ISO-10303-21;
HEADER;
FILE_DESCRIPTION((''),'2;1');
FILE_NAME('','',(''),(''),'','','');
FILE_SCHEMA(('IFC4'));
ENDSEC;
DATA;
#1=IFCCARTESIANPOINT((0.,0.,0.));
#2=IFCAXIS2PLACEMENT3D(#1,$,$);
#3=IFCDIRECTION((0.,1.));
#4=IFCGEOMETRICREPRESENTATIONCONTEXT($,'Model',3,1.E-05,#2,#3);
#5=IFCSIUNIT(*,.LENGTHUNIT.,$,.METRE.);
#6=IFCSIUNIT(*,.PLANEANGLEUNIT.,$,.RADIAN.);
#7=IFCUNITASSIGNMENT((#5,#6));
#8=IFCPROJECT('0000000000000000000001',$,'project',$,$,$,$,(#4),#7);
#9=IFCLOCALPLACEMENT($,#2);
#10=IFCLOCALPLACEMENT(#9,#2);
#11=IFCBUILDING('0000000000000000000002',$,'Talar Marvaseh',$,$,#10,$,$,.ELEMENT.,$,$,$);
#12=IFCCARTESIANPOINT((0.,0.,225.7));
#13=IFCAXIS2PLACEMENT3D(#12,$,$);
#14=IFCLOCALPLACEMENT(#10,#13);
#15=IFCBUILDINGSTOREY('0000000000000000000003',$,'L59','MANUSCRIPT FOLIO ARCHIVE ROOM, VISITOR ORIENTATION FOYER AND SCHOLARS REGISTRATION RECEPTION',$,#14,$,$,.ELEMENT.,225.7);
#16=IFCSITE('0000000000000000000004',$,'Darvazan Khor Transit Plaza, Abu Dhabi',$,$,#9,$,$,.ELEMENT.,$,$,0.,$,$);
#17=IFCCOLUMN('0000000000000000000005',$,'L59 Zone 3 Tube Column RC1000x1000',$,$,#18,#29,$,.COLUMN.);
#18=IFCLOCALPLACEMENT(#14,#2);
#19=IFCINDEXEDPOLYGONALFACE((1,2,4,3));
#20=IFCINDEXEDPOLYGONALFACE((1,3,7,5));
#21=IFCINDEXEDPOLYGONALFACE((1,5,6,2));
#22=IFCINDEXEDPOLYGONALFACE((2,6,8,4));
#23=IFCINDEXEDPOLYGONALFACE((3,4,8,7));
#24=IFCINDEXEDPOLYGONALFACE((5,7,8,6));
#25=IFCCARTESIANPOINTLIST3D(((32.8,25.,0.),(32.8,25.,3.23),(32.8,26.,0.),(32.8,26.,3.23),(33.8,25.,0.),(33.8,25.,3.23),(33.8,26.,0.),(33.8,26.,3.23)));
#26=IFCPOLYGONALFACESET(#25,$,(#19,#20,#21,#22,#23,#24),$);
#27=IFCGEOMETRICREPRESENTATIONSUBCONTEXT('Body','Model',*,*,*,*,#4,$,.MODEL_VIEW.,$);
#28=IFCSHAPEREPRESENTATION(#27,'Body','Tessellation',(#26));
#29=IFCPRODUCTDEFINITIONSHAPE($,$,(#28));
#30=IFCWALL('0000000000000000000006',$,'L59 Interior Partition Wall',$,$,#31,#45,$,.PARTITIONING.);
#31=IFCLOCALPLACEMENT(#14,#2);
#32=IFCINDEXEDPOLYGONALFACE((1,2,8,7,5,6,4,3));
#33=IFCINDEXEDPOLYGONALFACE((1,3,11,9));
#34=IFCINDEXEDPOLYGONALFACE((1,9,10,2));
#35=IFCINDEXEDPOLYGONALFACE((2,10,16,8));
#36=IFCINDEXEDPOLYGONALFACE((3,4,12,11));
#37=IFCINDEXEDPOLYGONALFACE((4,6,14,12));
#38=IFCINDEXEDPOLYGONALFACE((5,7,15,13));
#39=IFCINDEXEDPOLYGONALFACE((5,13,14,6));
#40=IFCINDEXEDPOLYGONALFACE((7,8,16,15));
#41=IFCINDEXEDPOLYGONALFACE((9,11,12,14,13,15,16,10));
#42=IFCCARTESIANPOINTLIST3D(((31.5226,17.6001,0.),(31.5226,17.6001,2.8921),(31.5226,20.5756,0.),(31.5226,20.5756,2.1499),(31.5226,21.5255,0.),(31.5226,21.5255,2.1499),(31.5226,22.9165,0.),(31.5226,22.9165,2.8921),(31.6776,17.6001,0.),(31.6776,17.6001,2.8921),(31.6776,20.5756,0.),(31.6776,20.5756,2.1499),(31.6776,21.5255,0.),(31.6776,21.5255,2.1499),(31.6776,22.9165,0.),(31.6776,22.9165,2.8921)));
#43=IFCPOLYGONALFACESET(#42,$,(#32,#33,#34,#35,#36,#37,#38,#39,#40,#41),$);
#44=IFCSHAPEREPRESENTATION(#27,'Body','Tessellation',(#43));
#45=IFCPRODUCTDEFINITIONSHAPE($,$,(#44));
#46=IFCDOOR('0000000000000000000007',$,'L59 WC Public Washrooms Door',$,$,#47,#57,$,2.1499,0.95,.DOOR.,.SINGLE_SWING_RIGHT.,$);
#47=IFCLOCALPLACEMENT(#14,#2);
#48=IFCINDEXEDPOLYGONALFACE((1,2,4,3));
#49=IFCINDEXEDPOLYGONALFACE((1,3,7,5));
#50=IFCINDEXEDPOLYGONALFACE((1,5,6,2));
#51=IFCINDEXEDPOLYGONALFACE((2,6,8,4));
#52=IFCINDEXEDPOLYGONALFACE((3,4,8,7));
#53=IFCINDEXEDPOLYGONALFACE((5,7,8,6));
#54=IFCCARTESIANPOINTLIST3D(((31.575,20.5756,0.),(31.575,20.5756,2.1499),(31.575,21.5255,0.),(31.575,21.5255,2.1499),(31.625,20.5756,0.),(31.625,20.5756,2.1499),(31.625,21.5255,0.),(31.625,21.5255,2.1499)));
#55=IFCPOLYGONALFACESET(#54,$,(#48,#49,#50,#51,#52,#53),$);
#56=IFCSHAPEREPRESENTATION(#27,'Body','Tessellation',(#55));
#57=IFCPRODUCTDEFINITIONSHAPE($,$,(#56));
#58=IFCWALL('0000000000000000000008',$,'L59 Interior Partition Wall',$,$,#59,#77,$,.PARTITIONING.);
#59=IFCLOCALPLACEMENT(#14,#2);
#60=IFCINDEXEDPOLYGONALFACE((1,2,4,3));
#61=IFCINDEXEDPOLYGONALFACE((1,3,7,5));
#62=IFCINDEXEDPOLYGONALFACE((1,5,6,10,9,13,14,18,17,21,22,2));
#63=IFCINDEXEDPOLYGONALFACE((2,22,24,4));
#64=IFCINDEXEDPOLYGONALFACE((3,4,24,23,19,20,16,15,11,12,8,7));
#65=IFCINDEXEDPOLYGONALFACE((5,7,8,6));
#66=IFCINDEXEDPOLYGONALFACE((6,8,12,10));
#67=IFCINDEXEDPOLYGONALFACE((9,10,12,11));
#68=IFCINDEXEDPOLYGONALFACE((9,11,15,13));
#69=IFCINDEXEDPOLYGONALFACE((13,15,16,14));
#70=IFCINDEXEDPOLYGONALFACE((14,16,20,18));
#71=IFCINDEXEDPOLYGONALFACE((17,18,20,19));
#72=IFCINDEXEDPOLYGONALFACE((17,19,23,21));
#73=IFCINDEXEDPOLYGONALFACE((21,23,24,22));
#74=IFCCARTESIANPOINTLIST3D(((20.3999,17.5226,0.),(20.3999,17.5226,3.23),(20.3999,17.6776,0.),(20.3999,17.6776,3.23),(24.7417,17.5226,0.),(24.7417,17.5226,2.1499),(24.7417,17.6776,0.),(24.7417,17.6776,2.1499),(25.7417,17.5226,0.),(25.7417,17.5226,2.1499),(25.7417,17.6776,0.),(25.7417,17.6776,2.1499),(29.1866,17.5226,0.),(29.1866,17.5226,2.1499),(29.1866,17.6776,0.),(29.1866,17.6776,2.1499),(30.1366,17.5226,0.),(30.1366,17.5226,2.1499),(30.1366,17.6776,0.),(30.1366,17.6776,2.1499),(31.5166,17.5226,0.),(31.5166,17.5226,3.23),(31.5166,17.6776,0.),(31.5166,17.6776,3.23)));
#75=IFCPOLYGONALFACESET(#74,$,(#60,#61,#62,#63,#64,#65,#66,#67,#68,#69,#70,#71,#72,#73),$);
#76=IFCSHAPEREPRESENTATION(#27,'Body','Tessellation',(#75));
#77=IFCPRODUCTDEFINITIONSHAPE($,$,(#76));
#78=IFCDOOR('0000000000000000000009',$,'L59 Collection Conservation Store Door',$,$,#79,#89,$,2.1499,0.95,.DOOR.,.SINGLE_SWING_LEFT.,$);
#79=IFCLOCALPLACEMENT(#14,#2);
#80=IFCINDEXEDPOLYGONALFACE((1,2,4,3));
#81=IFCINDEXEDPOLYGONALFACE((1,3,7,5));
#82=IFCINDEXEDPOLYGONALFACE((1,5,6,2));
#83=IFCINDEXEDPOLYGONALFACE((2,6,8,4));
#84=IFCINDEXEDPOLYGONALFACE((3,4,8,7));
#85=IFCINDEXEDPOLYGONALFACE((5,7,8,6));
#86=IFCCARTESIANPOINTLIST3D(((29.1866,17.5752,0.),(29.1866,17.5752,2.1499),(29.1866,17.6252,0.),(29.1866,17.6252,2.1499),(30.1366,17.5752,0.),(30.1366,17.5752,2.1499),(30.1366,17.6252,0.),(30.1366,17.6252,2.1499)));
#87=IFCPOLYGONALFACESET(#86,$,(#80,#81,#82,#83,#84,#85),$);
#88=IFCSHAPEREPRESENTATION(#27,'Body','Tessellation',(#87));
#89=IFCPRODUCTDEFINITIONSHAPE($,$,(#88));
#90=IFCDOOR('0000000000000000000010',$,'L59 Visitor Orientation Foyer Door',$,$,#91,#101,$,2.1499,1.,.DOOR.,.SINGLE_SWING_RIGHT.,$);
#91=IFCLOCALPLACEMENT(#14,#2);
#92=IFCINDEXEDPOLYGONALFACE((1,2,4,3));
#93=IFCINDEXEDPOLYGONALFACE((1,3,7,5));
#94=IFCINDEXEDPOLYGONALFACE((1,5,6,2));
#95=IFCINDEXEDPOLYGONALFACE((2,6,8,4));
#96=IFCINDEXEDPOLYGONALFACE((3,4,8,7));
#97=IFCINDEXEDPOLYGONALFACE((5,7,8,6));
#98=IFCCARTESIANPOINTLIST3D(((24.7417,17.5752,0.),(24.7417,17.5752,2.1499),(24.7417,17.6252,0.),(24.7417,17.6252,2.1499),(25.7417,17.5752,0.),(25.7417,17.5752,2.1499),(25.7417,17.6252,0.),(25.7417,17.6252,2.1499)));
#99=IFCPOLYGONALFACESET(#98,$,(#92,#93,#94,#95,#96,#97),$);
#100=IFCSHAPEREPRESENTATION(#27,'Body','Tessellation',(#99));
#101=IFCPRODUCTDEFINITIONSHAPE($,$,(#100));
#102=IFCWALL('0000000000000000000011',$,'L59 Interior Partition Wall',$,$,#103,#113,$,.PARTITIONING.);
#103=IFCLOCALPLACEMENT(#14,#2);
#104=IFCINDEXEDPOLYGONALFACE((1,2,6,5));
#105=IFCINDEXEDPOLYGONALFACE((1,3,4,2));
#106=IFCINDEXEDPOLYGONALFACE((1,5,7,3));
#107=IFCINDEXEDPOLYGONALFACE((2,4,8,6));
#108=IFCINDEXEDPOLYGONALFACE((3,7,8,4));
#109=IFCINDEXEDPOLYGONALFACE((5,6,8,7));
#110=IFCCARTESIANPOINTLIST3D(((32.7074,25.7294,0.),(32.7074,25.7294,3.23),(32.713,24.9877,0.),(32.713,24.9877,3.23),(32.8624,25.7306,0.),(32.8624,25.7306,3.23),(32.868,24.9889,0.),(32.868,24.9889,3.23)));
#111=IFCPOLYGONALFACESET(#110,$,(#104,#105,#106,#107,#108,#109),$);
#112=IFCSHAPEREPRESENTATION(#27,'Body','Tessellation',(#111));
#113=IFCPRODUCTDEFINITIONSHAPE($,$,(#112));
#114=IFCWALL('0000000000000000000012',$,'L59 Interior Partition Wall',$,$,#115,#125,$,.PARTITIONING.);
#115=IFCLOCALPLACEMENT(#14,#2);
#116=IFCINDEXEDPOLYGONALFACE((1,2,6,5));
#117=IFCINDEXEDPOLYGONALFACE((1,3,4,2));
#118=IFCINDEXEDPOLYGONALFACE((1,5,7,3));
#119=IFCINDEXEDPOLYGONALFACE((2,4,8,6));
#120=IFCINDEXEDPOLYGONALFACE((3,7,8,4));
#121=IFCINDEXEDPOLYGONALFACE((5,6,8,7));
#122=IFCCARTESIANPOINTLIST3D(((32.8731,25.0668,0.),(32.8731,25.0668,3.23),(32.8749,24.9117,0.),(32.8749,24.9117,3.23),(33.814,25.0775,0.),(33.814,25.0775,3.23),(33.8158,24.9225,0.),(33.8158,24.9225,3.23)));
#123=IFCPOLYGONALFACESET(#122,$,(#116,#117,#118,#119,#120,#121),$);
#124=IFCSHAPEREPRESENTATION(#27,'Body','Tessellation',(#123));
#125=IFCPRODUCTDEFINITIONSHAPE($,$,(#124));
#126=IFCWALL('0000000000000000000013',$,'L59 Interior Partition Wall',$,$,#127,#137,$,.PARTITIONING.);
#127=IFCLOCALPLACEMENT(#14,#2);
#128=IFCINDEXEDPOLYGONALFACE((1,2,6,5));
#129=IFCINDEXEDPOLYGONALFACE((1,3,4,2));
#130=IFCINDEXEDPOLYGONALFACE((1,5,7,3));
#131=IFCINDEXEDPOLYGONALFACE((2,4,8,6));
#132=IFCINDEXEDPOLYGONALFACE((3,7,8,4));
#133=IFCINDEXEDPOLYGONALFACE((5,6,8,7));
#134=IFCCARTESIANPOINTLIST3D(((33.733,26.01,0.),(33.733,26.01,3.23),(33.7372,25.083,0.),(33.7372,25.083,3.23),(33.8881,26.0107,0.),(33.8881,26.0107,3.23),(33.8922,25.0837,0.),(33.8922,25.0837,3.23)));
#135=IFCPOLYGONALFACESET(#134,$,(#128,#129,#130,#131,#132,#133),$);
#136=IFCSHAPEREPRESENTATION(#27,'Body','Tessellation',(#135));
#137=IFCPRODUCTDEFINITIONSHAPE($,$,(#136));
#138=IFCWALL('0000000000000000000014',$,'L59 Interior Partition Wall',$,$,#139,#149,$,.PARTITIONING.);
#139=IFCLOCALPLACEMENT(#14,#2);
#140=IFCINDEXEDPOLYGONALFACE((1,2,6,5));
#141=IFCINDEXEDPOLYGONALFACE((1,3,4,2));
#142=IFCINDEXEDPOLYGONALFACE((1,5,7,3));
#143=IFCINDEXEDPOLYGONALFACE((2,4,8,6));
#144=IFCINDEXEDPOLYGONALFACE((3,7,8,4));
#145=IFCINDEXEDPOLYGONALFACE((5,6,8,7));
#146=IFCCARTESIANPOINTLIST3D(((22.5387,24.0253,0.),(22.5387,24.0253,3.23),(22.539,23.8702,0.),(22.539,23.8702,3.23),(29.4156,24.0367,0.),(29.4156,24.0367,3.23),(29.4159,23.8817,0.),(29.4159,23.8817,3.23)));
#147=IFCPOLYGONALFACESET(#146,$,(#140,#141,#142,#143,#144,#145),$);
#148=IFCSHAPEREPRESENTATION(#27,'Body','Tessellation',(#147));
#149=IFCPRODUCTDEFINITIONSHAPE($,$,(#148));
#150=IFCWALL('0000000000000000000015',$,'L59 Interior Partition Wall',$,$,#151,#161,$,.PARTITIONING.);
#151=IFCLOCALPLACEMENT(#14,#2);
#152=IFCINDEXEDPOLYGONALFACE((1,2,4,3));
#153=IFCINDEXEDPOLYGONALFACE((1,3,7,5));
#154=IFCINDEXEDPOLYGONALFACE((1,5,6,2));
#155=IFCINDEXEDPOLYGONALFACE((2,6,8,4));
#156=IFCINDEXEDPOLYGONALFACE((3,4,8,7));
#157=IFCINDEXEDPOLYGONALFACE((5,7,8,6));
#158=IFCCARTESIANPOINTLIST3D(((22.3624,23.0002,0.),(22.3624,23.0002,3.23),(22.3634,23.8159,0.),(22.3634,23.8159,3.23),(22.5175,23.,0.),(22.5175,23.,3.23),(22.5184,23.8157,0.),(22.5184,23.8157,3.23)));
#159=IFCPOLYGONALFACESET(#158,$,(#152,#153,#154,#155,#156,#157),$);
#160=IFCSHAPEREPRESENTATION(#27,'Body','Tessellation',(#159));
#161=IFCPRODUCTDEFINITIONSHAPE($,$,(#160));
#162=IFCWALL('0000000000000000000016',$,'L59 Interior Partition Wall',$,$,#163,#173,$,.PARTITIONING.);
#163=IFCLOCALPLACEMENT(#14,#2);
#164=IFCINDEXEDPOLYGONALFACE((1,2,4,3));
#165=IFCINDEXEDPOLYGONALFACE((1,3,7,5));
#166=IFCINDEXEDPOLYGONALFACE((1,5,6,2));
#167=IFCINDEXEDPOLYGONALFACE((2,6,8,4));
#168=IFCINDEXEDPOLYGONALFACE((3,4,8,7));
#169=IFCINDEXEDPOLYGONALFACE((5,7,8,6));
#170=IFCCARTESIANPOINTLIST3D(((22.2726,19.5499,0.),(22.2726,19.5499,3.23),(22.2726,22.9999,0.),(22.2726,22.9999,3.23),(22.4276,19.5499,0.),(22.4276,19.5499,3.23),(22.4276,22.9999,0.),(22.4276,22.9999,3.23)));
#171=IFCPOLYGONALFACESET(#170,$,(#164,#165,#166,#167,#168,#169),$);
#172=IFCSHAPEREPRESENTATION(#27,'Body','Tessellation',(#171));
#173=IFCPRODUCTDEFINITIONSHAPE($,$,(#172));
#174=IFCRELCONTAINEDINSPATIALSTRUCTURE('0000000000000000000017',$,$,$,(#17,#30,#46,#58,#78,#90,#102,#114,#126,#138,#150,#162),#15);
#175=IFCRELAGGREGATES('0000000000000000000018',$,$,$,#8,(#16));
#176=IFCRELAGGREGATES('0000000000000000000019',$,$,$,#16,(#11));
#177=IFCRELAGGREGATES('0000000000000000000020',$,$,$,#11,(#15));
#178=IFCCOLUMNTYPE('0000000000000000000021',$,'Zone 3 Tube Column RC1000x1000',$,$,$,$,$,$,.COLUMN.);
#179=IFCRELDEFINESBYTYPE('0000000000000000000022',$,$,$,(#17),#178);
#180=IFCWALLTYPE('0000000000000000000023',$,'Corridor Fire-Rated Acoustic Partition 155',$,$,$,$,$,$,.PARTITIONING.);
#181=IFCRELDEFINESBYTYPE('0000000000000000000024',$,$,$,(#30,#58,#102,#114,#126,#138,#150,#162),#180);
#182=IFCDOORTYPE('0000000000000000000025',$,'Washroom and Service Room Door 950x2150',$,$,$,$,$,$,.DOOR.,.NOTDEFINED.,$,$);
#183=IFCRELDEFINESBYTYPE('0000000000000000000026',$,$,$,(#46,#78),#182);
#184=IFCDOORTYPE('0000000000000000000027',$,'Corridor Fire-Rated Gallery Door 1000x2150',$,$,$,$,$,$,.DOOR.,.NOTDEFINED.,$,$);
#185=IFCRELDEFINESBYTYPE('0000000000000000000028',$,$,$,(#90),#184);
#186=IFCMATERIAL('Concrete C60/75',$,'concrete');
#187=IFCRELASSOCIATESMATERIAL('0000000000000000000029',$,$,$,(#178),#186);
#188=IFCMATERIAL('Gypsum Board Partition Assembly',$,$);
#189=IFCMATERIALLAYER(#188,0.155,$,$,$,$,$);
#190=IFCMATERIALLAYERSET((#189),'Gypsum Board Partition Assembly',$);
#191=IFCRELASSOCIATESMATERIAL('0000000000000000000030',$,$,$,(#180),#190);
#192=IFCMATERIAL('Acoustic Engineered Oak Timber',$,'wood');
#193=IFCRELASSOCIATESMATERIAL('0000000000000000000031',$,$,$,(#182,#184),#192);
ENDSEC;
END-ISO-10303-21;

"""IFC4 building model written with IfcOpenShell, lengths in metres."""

from ifc_helpers import new_model, si_unit, direction, frame, frame_2d, origin, origin_2d, place, context, subcontext, project, spatial, rectangle, extrude, source, transform, mapped, material, layer, layer_set, material_profile, profile_set, type_object, type_shapes, element, fill, save


model = new_model("IFC4")

# Units and contexts
model_context = context("Model", 3, precision=1e-05, world=origin(), true_north=direction((0.0, 1.0)))
body_context = subcontext(model_context, "Body", "Model", "MODEL_VIEW")
ifc_project = project(units=[si_unit("LENGTHUNIT", "METRE"), si_unit("PLANEANGLEUNIT", "RADIAN")], contexts=[model_context])

# Site, building, storey
site_placement = place(None, origin())
site = spatial("IfcSite", under=ifc_project, at=site_placement, Name="Darvazan Khor Transit Plaza, Abu Dhabi", CompositionType="ELEMENT", RefElevation=0.0)
building_placement = place(site_placement, origin())
building = spatial("IfcBuilding", under=site, at=building_placement, Name="Talar Marvaseh", CompositionType="ELEMENT")
storey_placement = place(building_placement, frame((0.0, 0.0, 225.7)))
storey = spatial("IfcBuildingStorey", under=building, at=storey_placement, Name="L59", Description="MANUSCRIPT FOLIO ARCHIVE ROOM, VISITOR ORIENTATION FOYER AND SCHOLARS REGISTRATION RECEPTION", CompositionType="ELEMENT", Elevation=225.7)

# Column
ifc_material_1 = material(Name="Concrete C60/75", Category="concrete")
ifc_material_profile = material_profile(ifc_material_1, rectangle(XDim=1.0, YDim=1.0, at=origin_2d()), Name="RC1000x1000")
ifc_profile_set = profile_set([ifc_material_profile], Name="Concrete C60/75")
column_type = type_object("IfcColumnType", Name="Zone 3 Tube Column RC1000x1000", PredefinedType="COLUMN", material=ifc_profile_set)
column_placement = place(storey_placement, frame((33.3, 25.5, 0.0), z_axis=(0.0, 0.0, 1.0), x_axis=(1.0, 0.0, 0.0)))
element("IfcColumn", 1, at=column_placement, inside=storey, type_object=column_type, Name="L59 Zone 3 Tube Column RC1000x1000", PredefinedType="COLUMN", context=body_context, shape_type="SweptSolid", body=[
    extrude(rectangle(XDim=1.0, YDim=1.0, at=origin_2d()), origin(), (0.0, 0.0, 1.0), 3.23),
])

# Wall, opening, door
ifc_material_2 = material(Name="Gypsum Board Partition Assembly")
ifc_layer_1 = layer(ifc_material_2, 0.155)
ifc_layer_set_1 = layer_set([ifc_layer_1], Name="Gypsum Board Partition Assembly")
wall_type_1 = type_object("IfcWallType", Name="Corridor Fire-Rated Acoustic Partition 155", PredefinedType="PARTITIONING", material=ifc_layer_set_1)
wall_1_placement = place(storey_placement, frame((31.6001, 22.9165, 0.0), z_axis=(0.0, 0.0, 1.0), x_axis=(0.0, -1.0, 0.0)))
wall_1 = element("IfcWall", 2, at=wall_1_placement, inside=storey, type_object=wall_type_1, Name="L59 Interior Partition Wall", PredefinedType="PARTITIONING", context=body_context, shape_type="SweptSolid", body=[
    extrude(rectangle(XDim=5.3164, YDim=0.155, at=frame_2d((2.6582, 0.0))), origin(), (0.0, 0.0, 1.0), 2.8921),
])
opening_1_placement = place(wall_1_placement, frame((1.3909, 0.0, 0.0)))
opening_1 = element("IfcOpeningElement", 3, at=opening_1_placement, cuts=wall_1, PredefinedType="OPENING", context=body_context, shape_type="SweptSolid", body=[
    extrude(rectangle(XDim=0.95, YDim=2.1499, at=frame_2d((0.4751, 1.075))), frame((0.0, 0.0874, 0.0), z_axis=(0.0, -1.0, 0.0), x_axis=(1.0, 0.0, 0.0)), (0.0, 0.0, 1.0), 0.175),
])
ifc_material_3 = material(Name="Acoustic Engineered Oak Timber", Category="wood")
door_type_1 = type_object("IfcDoorType", Name="Washroom and Service Room Door 950x2150", OperationType="NOTDEFINED", PredefinedType="DOOR", material=ifc_material_3)
shared_shape_1 = source(origin(), body_context, "Body", "SweptSolid", [
    extrude(rectangle(XDim=0.95, YDim=2.1499, at=frame_2d((0.4751, 1.075))), frame((0.0, 0.0249, 0.0), z_axis=(0.0, -1.0, 0.0), x_axis=(1.0, 0.0, 0.0)), (0.0, 0.0, 1.0), 0.05),
])
type_shapes(door_type_1, [shared_shape_1])
door_1_placement = place(opening_1_placement, origin())
door_1 = element("IfcDoor", 4, at=door_1_placement, inside=storey, type_object=door_type_1, Name="L59 WC Public Washrooms Door", OperationType="SINGLE_SWING_RIGHT", OverallHeight=2.1499, OverallWidth=0.95, PredefinedType="DOOR", context=body_context, shape_type="MappedRepresentation", body=[
    mapped(shared_shape_1, transform((0.0, 0.0, 0.0), x_axis=(1.0, 0.0, 0.0), y_axis=(0.0, 1.0, 0.0), z_axis=(0.0, 0.0, 1.0), scale=1.0)),
])
fill(opening_1, door_1)

# Wall, openings, doors
wall_2_placement = place(storey_placement, frame((31.5166, 17.6001, 0.0), z_axis=(0.0, 0.0, 1.0), x_axis=(-1.0, 0.0, 0.0)))
wall_2 = element("IfcWall", 5, at=wall_2_placement, inside=storey, type_object=wall_type_1, Name="L59 Interior Partition Wall", PredefinedType="PARTITIONING", context=body_context, shape_type="SweptSolid", body=[
    extrude(rectangle(XDim=11.1167, YDim=0.155, at=frame_2d((5.5583, 0.0))), origin(), (0.0, 0.0, 1.0), 3.23),
])
opening_2_placement = place(wall_2_placement, frame((5.7749, 0.0, 0.0)))
opening_2 = element("IfcOpeningElement", 6, at=opening_2_placement, cuts=wall_2, PredefinedType="OPENING", context=body_context, shape_type="SweptSolid", body=[
    extrude(rectangle(XDim=1.0, YDim=2.1499, at=frame_2d((0.5, 1.075))), frame((0.0, 0.0874, 0.0), z_axis=(0.0, -1.0, 0.0), x_axis=(1.0, 0.0, 0.0)), (0.0, 0.0, 1.0), 0.175),
])
opening_3_placement = place(wall_2_placement, frame((1.3799, 0.0, 0.0)))
opening_3 = element("IfcOpeningElement", 7, at=opening_3_placement, cuts=wall_2, PredefinedType="OPENING", context=body_context, shape_type="SweptSolid", body=[
    extrude(rectangle(XDim=0.95, YDim=2.1499, at=frame_2d((0.4751, 1.075))), frame((0.0, 0.0874, 0.0), z_axis=(0.0, -1.0, 0.0), x_axis=(1.0, 0.0, 0.0)), (0.0, 0.0, 1.0), 0.175),
])
door_2_placement = place(opening_3_placement, origin())
door_2 = element("IfcDoor", 8, at=door_2_placement, inside=storey, type_object=door_type_1, Name="L59 Collection Conservation Store Door", OperationType="SINGLE_SWING_LEFT", OverallHeight=2.1499, OverallWidth=0.95, PredefinedType="DOOR", context=body_context, shape_type="MappedRepresentation", body=[
    mapped(shared_shape_1, transform((0.0, 0.0, 0.0), x_axis=(1.0, 0.0, 0.0), y_axis=(0.0, 1.0, 0.0), z_axis=(0.0, 0.0, 1.0), scale=1.0)),
])
fill(opening_3, door_2)
door_type_2 = type_object("IfcDoorType", Name="Corridor Fire-Rated Gallery Door 1000x2150", OperationType="NOTDEFINED", PredefinedType="DOOR", material=ifc_material_3)
shared_shape_2 = source(origin(), body_context, "Body", "SweptSolid", [
    extrude(rectangle(XDim=1.0, YDim=2.1499, at=frame_2d((0.5, 1.075))), frame((0.0, 0.0249, 0.0), z_axis=(0.0, -1.0, 0.0), x_axis=(1.0, 0.0, 0.0)), (0.0, 0.0, 1.0), 0.05),
])
type_shapes(door_type_2, [shared_shape_2])
door_3_placement = place(opening_2_placement, origin())
door_3 = element("IfcDoor", 9, at=door_3_placement, inside=storey, type_object=door_type_2, Name="L59 Visitor Orientation Foyer Door", OperationType="SINGLE_SWING_RIGHT", OverallHeight=2.1499, OverallWidth=1.0, PredefinedType="DOOR", context=body_context, shape_type="MappedRepresentation", body=[
    mapped(shared_shape_2, transform((0.0, 0.0, 0.0), x_axis=(1.0, 0.0, 0.0), y_axis=(0.0, 1.0, 0.0), z_axis=(0.0, 0.0, 1.0), scale=1.0)),
])
fill(opening_2, door_3)

# Walls
wall_3_placement = place(storey_placement, frame((32.7849, 25.73, 0.0), z_axis=(0.0, 0.0, 1.0), x_axis=(0.007571, -0.999971, 0.0)))
element("IfcWall", 10, at=wall_3_placement, inside=storey, type_object=wall_type_1, Name="L59 Interior Partition Wall", PredefinedType="PARTITIONING", context=body_context, shape_type="SweptSolid", body=[
    extrude(rectangle(XDim=0.7417, YDim=0.155, at=frame_2d((0.3708, 0.0))), origin(), (0.0, 0.0, 1.0), 3.23),
])
wall_4_placement = place(storey_placement, frame((32.874, 24.9893, 0.0), z_axis=(0.0, 0.0, 1.0), x_axis=(0.999935, 0.011416, 0.0)))
element("IfcWall", 11, at=wall_4_placement, inside=storey, type_object=wall_type_1, Name="L59 Interior Partition Wall", PredefinedType="PARTITIONING", context=body_context, shape_type="SweptSolid", body=[
    extrude(rectangle(XDim=0.9409, YDim=0.155, at=frame_2d((0.4705, 0.0))), origin(), (0.0, 0.0, 1.0), 3.23),
])
wall_5_placement = place(storey_placement, frame((33.8147, 25.0835, 0.0), z_axis=(0.0, 0.0, 1.0), x_axis=(-0.004477, 0.99999, 0.0)))
element("IfcWall", 12, at=wall_5_placement, inside=storey, type_object=wall_type_1, Name="L59 Interior Partition Wall", PredefinedType="PARTITIONING", context=body_context, shape_type="SweptSolid", body=[
    extrude(rectangle(XDim=0.927, YDim=0.155, at=frame_2d((0.4634, 0.0))), origin(), (0.0, 0.0, 1.0), 3.23),
])
wall_6_placement = place(storey_placement, frame((29.4158, 23.9592, 0.0), z_axis=(0.0, 0.0, 1.0), x_axis=(-0.999999, -0.001669, 0.0)))
element("IfcWall", 13, at=wall_6_placement, inside=storey, type_object=wall_type_1, Name="L59 Interior Partition Wall", PredefinedType="PARTITIONING", context=body_context, shape_type="SweptSolid", body=[
    extrude(rectangle(XDim=6.877, YDim=0.155, at=frame_2d((3.4385, 0.0))), origin(), (0.0, 0.0, 1.0), 3.23),
])
wall_7_placement = place(storey_placement, frame((22.4409, 23.8157, 0.0), z_axis=(0.0, 0.0, 1.0), x_axis=(-0.001197, -0.999999, 0.0)))
element("IfcWall", 14, at=wall_7_placement, inside=storey, type_object=wall_type_1, Name="L59 Interior Partition Wall", PredefinedType="PARTITIONING", context=body_context, shape_type="SweptSolid", body=[
    extrude(rectangle(XDim=0.8157, YDim=0.155, at=frame_2d((0.4077, 0.0))), origin(), (0.0, 0.0, 1.0), 3.23),
])
wall_8_placement = place(storey_placement, frame((22.3501, 23.0, 0.0), z_axis=(0.0, 0.0, 1.0), x_axis=(0.0, -1.0, 0.0)))
element("IfcWall", 15, at=wall_8_placement, inside=storey, type_object=wall_type_1, Name="L59 Interior Partition Wall", PredefinedType="PARTITIONING", context=body_context, shape_type="SweptSolid", body=[
    extrude(rectangle(XDim=3.45, YDim=0.155, at=frame_2d((1.7251, 0.0))), origin(), (0.0, 0.0, 1.0), 3.23),
])

save(model, "model.ifc")
